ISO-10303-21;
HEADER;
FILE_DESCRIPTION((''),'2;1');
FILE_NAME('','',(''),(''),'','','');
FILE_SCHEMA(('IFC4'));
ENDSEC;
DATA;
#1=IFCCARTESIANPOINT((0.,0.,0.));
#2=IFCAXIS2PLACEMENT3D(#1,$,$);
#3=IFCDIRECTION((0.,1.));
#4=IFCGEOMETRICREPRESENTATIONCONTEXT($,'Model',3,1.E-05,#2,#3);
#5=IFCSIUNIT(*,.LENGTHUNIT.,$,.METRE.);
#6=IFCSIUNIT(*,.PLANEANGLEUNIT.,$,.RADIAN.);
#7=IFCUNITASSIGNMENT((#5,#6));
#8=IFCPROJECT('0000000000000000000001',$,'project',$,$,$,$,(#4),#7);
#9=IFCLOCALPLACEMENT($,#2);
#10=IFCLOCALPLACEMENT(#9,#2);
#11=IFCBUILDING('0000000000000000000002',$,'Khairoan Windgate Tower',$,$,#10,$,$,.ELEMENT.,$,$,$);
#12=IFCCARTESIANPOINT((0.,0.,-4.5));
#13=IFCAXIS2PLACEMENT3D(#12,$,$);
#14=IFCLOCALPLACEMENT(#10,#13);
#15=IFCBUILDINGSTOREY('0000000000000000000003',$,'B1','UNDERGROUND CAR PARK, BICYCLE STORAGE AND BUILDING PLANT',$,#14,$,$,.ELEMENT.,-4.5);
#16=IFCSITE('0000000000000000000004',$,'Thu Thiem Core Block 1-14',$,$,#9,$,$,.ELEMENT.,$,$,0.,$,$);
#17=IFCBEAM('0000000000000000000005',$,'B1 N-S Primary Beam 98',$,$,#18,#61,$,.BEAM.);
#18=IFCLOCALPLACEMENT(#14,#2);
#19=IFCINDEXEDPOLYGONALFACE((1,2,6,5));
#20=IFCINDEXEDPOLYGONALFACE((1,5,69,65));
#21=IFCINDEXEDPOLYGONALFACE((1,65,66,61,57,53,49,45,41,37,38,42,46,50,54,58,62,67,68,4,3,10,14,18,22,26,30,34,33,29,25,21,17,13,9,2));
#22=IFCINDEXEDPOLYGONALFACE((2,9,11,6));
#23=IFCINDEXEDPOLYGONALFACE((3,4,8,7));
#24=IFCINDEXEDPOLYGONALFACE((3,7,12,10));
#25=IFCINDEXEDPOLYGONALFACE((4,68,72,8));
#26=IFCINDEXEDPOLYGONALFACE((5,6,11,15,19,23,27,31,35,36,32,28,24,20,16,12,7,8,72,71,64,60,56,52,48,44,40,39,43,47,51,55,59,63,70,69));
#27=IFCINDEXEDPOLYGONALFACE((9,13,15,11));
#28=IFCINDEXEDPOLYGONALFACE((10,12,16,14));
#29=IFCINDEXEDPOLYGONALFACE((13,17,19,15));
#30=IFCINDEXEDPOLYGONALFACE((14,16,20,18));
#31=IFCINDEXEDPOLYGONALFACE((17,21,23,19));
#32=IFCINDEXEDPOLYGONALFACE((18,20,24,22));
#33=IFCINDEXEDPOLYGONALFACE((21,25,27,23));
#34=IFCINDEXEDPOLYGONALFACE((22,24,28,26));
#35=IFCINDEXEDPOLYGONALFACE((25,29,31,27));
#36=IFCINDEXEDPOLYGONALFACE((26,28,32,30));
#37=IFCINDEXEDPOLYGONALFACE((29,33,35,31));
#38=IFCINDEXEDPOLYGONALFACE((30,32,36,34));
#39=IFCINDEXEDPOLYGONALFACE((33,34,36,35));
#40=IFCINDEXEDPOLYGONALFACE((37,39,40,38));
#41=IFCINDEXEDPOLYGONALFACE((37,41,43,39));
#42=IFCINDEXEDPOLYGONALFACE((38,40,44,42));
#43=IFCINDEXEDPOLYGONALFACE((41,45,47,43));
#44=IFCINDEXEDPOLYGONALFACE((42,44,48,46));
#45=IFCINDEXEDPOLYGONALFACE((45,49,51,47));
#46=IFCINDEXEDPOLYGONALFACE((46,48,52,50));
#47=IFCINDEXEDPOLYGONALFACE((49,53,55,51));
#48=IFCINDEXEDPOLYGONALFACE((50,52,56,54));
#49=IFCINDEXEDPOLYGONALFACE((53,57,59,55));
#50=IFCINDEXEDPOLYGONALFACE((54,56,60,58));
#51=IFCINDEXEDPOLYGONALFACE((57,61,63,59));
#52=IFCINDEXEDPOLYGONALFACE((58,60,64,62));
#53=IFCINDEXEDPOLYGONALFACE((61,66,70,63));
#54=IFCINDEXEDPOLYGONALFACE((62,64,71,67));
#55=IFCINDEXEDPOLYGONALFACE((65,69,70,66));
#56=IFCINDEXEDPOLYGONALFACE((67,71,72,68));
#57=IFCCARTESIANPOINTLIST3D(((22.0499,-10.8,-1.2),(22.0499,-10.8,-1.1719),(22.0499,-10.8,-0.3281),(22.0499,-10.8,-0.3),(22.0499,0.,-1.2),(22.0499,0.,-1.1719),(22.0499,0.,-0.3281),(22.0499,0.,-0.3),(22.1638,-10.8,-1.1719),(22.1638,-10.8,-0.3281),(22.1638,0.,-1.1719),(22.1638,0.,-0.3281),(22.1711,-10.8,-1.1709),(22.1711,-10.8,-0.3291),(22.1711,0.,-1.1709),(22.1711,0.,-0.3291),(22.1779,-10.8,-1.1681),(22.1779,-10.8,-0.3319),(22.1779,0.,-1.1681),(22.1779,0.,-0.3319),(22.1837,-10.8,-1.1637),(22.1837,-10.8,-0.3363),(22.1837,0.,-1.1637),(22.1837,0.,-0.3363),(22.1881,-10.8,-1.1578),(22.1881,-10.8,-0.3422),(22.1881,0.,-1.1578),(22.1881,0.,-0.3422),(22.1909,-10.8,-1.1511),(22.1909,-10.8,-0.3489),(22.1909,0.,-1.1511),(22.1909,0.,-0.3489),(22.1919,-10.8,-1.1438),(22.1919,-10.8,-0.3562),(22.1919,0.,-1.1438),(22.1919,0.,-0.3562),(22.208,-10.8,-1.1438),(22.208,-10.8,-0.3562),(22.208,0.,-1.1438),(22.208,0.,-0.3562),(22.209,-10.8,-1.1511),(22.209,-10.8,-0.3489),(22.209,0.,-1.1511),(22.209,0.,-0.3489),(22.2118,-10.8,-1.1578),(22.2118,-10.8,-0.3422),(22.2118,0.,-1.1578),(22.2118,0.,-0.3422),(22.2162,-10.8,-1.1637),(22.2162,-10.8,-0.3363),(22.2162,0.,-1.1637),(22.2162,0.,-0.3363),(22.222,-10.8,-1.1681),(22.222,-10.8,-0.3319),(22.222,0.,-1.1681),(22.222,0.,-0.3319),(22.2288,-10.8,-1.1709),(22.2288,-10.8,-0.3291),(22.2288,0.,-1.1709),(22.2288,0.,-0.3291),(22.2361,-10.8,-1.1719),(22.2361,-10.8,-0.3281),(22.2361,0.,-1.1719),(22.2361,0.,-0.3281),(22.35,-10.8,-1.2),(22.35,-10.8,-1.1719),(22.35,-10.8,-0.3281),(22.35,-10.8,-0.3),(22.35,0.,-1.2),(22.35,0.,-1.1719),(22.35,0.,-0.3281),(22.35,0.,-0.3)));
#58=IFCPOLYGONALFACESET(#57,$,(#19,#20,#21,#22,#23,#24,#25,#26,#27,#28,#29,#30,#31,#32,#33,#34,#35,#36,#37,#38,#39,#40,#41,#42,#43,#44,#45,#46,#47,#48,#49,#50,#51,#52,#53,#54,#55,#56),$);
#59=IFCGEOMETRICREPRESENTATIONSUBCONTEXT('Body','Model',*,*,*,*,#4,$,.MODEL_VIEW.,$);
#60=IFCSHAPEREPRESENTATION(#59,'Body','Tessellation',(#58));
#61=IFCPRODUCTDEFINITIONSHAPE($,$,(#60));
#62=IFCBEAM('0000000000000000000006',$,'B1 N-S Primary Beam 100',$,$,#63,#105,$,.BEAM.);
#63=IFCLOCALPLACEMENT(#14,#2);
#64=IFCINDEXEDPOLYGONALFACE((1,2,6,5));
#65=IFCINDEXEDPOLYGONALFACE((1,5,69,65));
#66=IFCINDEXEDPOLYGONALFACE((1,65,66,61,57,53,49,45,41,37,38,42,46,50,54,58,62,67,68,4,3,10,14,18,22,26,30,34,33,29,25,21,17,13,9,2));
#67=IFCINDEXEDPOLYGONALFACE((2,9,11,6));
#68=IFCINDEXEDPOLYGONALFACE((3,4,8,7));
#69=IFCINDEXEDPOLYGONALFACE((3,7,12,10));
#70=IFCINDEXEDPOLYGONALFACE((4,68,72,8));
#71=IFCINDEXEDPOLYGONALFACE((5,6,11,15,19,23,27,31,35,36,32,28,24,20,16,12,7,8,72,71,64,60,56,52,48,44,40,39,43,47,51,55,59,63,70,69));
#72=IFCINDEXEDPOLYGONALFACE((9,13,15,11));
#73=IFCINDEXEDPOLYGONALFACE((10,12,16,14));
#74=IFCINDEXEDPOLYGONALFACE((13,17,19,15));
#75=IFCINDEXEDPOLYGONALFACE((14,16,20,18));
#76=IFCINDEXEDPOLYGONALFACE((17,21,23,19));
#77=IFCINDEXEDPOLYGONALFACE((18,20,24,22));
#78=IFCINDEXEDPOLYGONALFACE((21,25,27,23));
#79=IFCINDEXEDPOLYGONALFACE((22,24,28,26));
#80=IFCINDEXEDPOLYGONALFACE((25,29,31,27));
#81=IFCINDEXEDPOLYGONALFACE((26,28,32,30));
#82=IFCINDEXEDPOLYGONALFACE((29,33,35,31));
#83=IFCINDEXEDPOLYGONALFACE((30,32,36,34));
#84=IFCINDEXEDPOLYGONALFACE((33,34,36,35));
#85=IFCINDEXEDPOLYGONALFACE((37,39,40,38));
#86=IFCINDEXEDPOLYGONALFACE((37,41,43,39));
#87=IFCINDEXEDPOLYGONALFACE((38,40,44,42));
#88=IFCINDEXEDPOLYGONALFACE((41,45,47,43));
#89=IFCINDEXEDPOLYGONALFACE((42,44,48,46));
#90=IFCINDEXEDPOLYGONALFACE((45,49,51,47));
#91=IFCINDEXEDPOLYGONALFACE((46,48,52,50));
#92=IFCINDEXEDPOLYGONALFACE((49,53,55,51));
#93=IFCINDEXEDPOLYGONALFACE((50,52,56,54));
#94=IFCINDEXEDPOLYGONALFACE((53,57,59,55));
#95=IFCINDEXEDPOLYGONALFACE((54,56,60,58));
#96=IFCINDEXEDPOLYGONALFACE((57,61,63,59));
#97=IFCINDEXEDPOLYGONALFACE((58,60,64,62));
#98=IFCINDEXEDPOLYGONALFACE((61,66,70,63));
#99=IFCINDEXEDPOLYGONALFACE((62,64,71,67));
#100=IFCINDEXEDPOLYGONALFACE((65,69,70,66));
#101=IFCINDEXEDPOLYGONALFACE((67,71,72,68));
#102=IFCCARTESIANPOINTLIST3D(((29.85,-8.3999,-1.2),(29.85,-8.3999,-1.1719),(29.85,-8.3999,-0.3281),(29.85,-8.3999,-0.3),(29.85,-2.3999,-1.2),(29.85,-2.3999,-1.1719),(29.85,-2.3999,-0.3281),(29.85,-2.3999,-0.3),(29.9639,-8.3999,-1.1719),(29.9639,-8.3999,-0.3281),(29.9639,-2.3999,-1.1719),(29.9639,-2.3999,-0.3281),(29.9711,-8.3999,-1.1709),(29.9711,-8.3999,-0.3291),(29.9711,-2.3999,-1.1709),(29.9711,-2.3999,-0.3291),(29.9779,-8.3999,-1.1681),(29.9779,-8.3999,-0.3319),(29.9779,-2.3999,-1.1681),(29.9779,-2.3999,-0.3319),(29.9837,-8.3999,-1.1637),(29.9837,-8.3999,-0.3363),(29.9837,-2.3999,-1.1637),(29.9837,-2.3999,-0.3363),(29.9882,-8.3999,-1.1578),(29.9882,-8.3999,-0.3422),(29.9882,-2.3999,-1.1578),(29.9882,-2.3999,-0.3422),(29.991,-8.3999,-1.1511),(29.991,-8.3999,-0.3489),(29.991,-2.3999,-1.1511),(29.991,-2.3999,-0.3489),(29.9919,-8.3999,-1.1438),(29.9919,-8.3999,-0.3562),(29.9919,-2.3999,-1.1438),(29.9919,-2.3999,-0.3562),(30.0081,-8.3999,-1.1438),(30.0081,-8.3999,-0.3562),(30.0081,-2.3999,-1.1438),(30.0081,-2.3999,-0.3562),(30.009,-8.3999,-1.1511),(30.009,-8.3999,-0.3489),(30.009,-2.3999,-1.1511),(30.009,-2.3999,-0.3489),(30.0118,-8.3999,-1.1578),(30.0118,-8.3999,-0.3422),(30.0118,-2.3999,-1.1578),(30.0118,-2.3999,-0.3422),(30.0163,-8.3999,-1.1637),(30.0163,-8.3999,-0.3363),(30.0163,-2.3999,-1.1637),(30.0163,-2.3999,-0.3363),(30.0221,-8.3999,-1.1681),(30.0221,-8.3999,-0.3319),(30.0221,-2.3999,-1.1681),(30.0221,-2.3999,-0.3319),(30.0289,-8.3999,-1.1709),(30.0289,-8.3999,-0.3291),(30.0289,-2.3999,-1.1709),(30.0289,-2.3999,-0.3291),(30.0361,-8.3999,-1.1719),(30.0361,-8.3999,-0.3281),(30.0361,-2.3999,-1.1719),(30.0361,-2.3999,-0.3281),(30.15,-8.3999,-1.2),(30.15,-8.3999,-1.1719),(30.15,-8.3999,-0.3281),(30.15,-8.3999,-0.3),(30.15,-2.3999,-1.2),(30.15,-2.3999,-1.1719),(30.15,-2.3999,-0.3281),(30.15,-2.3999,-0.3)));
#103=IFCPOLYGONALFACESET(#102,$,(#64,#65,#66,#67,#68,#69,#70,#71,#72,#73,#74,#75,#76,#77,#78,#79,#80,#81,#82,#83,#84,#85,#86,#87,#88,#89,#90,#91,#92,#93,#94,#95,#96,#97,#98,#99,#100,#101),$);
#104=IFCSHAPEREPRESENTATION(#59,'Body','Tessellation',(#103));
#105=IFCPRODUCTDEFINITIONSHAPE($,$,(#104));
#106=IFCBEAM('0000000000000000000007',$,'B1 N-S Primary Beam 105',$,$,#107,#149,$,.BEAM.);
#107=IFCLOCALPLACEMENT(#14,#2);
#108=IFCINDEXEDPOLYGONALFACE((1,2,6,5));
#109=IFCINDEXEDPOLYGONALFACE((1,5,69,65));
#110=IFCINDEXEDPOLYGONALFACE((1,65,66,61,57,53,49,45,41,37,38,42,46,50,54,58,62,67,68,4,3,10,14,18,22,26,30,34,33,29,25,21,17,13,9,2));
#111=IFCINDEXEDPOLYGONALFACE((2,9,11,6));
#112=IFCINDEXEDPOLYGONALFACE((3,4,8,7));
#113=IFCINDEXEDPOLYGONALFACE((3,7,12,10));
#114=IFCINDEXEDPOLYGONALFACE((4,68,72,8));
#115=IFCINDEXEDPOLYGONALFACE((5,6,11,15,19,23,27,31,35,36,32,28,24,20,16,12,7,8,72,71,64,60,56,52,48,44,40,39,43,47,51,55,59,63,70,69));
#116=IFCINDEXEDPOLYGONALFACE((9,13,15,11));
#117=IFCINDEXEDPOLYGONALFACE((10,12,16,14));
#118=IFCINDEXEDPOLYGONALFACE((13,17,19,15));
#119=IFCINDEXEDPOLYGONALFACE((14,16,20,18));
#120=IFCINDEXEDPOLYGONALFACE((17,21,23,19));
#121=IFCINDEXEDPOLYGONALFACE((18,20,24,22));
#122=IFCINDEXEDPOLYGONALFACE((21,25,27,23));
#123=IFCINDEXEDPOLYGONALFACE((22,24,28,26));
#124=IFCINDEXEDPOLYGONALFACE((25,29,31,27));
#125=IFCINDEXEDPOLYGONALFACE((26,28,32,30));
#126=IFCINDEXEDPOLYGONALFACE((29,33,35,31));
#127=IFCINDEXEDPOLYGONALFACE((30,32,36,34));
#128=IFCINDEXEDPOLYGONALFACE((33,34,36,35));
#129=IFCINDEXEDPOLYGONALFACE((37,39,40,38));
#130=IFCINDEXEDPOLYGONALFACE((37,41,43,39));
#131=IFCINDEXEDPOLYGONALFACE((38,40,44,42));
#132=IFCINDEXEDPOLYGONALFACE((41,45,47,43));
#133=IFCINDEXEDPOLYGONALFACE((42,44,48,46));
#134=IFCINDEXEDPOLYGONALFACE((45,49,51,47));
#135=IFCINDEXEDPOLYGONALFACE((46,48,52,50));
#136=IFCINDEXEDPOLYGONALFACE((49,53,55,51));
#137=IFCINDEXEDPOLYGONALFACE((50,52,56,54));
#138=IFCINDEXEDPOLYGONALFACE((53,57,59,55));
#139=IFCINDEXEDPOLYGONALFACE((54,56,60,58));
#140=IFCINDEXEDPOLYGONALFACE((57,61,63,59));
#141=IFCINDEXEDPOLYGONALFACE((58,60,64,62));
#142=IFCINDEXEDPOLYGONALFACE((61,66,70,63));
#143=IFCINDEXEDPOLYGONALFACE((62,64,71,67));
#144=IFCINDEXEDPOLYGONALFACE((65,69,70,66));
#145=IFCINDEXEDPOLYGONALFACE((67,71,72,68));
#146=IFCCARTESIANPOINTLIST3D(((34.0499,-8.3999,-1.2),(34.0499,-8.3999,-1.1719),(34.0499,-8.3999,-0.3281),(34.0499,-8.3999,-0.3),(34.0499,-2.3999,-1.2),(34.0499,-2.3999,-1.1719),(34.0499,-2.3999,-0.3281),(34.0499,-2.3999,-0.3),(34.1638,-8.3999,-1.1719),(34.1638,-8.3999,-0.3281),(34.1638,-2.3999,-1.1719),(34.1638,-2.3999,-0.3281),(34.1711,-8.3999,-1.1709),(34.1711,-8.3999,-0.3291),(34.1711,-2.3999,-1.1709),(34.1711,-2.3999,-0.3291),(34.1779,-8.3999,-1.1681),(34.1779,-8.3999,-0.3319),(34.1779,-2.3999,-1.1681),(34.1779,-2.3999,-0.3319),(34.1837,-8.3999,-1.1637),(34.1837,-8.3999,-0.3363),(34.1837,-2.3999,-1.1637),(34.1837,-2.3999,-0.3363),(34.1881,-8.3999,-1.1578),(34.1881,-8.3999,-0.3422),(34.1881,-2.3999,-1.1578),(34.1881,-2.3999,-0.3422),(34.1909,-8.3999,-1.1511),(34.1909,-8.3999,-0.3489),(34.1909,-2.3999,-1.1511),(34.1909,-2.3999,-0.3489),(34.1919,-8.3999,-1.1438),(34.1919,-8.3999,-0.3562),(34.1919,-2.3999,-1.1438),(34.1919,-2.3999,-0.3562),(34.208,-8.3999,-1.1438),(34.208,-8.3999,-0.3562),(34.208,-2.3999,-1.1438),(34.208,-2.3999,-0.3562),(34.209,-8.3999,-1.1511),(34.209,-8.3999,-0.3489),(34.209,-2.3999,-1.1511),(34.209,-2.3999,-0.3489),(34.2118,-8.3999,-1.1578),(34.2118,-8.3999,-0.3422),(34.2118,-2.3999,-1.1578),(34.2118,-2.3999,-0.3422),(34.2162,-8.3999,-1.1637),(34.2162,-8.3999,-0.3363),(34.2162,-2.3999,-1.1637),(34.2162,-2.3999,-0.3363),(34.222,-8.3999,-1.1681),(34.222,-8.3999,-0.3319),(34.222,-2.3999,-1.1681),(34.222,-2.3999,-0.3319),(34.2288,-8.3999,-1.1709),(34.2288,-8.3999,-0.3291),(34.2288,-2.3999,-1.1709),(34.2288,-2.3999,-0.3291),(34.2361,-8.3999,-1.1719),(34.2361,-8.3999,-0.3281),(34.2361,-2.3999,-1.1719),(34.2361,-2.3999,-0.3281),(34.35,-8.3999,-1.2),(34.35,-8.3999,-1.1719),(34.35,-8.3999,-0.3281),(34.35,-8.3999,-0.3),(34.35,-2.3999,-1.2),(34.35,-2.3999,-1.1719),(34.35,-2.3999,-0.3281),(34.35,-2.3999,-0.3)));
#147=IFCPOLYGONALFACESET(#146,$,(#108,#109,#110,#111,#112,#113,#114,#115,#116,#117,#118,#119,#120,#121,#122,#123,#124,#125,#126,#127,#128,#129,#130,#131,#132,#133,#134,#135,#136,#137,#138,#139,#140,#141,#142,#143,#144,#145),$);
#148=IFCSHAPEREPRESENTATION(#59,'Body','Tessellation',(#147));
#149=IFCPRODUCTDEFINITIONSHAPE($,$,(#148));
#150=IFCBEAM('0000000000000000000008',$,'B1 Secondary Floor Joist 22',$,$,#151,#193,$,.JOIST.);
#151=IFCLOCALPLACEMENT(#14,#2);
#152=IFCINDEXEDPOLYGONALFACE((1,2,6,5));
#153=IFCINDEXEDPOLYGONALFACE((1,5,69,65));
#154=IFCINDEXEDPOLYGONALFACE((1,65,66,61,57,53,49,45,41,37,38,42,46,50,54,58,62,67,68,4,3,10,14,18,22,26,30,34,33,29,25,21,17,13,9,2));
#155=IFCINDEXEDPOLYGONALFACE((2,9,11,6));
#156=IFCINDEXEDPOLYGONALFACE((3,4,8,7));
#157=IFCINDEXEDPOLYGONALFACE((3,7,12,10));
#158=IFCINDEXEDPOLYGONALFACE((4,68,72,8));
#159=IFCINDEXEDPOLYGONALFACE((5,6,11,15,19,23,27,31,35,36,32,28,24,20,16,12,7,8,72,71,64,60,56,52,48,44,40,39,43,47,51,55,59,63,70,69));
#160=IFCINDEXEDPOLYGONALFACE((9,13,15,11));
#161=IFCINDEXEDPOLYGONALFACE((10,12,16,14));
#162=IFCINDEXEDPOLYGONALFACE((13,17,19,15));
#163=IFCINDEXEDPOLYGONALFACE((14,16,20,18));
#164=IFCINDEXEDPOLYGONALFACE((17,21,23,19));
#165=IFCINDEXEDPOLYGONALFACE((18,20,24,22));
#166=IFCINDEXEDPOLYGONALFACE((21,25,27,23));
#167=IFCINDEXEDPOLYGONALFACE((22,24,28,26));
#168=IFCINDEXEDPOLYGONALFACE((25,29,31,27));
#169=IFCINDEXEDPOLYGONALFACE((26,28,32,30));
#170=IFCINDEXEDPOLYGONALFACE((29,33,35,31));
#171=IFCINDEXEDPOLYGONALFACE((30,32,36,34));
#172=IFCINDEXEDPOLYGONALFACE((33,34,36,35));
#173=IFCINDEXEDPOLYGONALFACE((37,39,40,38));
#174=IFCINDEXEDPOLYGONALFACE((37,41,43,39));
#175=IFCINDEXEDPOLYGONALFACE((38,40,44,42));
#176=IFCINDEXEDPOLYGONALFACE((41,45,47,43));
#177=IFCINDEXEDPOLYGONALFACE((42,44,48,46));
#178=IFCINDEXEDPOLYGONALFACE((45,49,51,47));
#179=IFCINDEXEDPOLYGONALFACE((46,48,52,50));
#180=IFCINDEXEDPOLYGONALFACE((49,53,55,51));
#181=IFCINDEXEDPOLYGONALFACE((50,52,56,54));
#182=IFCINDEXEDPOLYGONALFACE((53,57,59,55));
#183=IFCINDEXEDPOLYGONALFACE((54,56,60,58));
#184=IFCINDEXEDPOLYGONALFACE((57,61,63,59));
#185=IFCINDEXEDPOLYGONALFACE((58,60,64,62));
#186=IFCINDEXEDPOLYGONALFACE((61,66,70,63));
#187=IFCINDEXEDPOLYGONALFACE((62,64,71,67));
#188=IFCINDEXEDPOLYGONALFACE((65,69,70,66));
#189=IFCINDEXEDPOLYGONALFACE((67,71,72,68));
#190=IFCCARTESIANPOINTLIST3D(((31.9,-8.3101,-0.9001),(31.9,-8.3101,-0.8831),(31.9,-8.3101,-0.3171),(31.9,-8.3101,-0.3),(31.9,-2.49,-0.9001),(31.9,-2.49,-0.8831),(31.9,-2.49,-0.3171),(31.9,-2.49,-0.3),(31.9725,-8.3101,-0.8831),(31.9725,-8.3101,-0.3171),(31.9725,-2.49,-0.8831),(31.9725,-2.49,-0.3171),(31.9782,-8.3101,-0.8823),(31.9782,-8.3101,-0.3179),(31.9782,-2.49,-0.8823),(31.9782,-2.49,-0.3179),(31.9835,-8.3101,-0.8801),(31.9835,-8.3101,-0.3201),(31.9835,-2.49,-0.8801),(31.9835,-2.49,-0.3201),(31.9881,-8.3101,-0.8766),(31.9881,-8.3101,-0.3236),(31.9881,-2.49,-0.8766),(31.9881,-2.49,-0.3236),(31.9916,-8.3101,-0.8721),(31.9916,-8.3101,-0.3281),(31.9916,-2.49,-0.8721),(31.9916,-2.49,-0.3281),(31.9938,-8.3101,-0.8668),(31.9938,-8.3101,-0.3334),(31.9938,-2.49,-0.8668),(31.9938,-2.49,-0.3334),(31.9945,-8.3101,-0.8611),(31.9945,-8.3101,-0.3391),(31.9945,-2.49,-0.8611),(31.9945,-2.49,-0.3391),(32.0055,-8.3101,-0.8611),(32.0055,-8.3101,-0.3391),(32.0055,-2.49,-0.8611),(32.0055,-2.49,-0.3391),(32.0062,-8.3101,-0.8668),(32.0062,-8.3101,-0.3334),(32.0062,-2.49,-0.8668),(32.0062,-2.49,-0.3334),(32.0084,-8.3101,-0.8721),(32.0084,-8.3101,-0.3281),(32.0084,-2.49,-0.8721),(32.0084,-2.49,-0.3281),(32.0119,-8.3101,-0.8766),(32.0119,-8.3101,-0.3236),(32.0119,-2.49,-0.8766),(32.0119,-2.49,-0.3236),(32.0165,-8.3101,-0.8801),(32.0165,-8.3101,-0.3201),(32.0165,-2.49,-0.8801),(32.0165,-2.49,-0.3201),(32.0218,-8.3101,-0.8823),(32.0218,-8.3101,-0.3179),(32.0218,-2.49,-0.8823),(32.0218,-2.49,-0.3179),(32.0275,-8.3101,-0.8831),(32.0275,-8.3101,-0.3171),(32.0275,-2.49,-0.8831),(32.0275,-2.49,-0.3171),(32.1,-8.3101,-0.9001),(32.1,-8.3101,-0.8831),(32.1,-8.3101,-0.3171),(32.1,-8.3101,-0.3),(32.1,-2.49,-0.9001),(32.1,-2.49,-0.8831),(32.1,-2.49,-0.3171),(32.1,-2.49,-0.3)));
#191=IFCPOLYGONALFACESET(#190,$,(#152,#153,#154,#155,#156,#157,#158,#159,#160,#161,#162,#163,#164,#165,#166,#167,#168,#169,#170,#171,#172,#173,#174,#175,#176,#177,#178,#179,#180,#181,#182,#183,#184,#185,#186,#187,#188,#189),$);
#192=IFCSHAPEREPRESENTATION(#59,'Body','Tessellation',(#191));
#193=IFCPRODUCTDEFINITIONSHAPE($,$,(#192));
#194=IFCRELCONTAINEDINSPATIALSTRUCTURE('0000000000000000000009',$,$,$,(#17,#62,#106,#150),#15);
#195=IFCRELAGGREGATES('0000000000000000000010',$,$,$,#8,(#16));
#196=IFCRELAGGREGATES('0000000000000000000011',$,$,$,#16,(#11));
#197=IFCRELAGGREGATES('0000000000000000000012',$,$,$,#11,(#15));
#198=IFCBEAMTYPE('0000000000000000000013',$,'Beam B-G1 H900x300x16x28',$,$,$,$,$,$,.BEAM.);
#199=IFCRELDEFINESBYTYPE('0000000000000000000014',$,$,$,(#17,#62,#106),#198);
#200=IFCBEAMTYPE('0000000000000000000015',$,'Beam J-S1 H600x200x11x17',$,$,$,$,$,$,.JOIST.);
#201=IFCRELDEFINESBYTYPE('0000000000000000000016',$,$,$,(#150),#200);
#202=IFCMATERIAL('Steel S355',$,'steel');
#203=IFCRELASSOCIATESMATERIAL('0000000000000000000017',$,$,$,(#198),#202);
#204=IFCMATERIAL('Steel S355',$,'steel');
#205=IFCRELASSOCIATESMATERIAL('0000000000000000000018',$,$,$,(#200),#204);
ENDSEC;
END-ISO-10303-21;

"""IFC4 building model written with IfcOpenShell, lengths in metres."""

from ifc_helpers import new_model, si_unit, direction, frame, origin, origin_2d, place, context, subcontext, project, spatial, i_section, extrude, material, material_profile, profile_set, type_object, element, save


model = new_model("IFC4")

# Units and contexts
model_context = context("Model", 3, precision=1e-05, world=origin(), true_north=direction((0.0, 1.0)))
body_context = subcontext(model_context, "Body", "Model", "MODEL_VIEW")
ifc_project = project(units=[si_unit("LENGTHUNIT", "METRE"), si_unit("PLANEANGLEUNIT", "RADIAN")], contexts=[model_context])

# Site, building, storey
site_placement = place(None, origin())
site = spatial("IfcSite", under=ifc_project, at=site_placement, Name="Thu Thiem Core Block 1-14", CompositionType="ELEMENT", RefElevation=0.0)
building_placement = place(site_placement, origin())
building = spatial("IfcBuilding", under=site, at=building_placement, Name="Khairoan Windgate Tower", CompositionType="ELEMENT")
storey_placement = place(building_placement, frame((0.0, 0.0, -4.5)))
storey = spatial("IfcBuildingStorey", under=building, at=storey_placement, Name="B1", Description="UNDERGROUND CAR PARK, BICYCLE STORAGE AND BUILDING PLANT", CompositionType="ELEMENT", Elevation=-4.5)

# Beams
ifc_material_1 = material(Name="Steel S355", Category="steel")
ifc_material_profile_1 = material_profile(ifc_material_1, i_section(OverallWidth=0.3, OverallDepth=0.8999, WebThickness=0.0161, FlangeThickness=0.0281, FilletRadius=0.0281, at=origin_2d()))
ifc_profile_set_1 = profile_set([ifc_material_profile_1], Name="Steel S355")
beam_type_1 = type_object("IfcBeamType", Name="Beam B-G1 H900x300x16x28", PredefinedType="BEAM", material=ifc_profile_set_1)
for number, where, z_axis, x_axis, name in (
    (1, (22.2, -10.8, -0.75), (0.0, 1.0, 0.0), (-1.0, 0.0, 0.0), "B1 N-S Primary Beam 98"),
):
    element("IfcBeam", number, at=place(storey_placement, frame(where, z_axis=z_axis, x_axis=x_axis)), inside=storey, type_object=beam_type_1, Name=name, PredefinedType="BEAM", context=body_context, shape_type="SweptSolid", body=[
        extrude(i_section(OverallWidth=0.3, OverallDepth=0.8999, WebThickness=0.0161, FlangeThickness=0.0281, FilletRadius=0.0281, at=origin_2d()), origin(), (0.0, 0.0, 1.0), 10.8),
    ])
for number, where, z_axis, x_axis, name in (
    (2, (30.0, -8.3999, -0.75), (0.0, 1.0, 0.0), (-1.0, 0.0, 0.0), "B1 N-S Primary Beam 100"),
    (3, (34.2, -8.3999, -0.75), (0.0, 1.0, 0.0), (-1.0, 0.0, 0.0), "B1 N-S Primary Beam 105"),
):
    element("IfcBeam", number, at=place(storey_placement, frame(where, z_axis=z_axis, x_axis=x_axis)), inside=storey, type_object=beam_type_1, Name=name, PredefinedType="BEAM", context=body_context, shape_type="SweptSolid", body=[
        extrude(i_section(OverallWidth=0.3, OverallDepth=0.8999, WebThickness=0.0161, FlangeThickness=0.0281, FilletRadius=0.0281, at=origin_2d()), origin(), (0.0, 0.0, 1.0), 6.0),
    ])
ifc_material_2 = material(Name="Steel S355", Category="steel")
ifc_material_profile_2 = material_profile(ifc_material_2, i_section(OverallWidth=0.2, OverallDepth=0.6001, WebThickness=0.011, FlangeThickness=0.0171, FilletRadius=0.022, at=origin_2d()))
ifc_profile_set_2 = profile_set([ifc_material_profile_2], Name="Steel S355")
beam_type_2 = type_object("IfcBeamType", Name="Beam J-S1 H600x200x11x17", PredefinedType="JOIST", material=ifc_profile_set_2)
beam_1_placement = place(storey_placement, frame((32.0, -8.3101, -0.6001), z_axis=(0.0, 1.0, 0.0), x_axis=(-1.0, 0.0, 0.0)))
element("IfcBeam", 4, at=beam_1_placement, inside=storey, type_object=beam_type_2, Name="B1 Secondary Floor Joist 22", PredefinedType="JOIST", context=body_context, shape_type="SweptSolid", body=[
    extrude(i_section(OverallWidth=0.2, OverallDepth=0.6001, WebThickness=0.011, FlangeThickness=0.0171, FilletRadius=0.022, at=origin_2d()), origin(), (0.0, 0.0, 1.0), 5.8201),
])

save(model, "model.ifc")
